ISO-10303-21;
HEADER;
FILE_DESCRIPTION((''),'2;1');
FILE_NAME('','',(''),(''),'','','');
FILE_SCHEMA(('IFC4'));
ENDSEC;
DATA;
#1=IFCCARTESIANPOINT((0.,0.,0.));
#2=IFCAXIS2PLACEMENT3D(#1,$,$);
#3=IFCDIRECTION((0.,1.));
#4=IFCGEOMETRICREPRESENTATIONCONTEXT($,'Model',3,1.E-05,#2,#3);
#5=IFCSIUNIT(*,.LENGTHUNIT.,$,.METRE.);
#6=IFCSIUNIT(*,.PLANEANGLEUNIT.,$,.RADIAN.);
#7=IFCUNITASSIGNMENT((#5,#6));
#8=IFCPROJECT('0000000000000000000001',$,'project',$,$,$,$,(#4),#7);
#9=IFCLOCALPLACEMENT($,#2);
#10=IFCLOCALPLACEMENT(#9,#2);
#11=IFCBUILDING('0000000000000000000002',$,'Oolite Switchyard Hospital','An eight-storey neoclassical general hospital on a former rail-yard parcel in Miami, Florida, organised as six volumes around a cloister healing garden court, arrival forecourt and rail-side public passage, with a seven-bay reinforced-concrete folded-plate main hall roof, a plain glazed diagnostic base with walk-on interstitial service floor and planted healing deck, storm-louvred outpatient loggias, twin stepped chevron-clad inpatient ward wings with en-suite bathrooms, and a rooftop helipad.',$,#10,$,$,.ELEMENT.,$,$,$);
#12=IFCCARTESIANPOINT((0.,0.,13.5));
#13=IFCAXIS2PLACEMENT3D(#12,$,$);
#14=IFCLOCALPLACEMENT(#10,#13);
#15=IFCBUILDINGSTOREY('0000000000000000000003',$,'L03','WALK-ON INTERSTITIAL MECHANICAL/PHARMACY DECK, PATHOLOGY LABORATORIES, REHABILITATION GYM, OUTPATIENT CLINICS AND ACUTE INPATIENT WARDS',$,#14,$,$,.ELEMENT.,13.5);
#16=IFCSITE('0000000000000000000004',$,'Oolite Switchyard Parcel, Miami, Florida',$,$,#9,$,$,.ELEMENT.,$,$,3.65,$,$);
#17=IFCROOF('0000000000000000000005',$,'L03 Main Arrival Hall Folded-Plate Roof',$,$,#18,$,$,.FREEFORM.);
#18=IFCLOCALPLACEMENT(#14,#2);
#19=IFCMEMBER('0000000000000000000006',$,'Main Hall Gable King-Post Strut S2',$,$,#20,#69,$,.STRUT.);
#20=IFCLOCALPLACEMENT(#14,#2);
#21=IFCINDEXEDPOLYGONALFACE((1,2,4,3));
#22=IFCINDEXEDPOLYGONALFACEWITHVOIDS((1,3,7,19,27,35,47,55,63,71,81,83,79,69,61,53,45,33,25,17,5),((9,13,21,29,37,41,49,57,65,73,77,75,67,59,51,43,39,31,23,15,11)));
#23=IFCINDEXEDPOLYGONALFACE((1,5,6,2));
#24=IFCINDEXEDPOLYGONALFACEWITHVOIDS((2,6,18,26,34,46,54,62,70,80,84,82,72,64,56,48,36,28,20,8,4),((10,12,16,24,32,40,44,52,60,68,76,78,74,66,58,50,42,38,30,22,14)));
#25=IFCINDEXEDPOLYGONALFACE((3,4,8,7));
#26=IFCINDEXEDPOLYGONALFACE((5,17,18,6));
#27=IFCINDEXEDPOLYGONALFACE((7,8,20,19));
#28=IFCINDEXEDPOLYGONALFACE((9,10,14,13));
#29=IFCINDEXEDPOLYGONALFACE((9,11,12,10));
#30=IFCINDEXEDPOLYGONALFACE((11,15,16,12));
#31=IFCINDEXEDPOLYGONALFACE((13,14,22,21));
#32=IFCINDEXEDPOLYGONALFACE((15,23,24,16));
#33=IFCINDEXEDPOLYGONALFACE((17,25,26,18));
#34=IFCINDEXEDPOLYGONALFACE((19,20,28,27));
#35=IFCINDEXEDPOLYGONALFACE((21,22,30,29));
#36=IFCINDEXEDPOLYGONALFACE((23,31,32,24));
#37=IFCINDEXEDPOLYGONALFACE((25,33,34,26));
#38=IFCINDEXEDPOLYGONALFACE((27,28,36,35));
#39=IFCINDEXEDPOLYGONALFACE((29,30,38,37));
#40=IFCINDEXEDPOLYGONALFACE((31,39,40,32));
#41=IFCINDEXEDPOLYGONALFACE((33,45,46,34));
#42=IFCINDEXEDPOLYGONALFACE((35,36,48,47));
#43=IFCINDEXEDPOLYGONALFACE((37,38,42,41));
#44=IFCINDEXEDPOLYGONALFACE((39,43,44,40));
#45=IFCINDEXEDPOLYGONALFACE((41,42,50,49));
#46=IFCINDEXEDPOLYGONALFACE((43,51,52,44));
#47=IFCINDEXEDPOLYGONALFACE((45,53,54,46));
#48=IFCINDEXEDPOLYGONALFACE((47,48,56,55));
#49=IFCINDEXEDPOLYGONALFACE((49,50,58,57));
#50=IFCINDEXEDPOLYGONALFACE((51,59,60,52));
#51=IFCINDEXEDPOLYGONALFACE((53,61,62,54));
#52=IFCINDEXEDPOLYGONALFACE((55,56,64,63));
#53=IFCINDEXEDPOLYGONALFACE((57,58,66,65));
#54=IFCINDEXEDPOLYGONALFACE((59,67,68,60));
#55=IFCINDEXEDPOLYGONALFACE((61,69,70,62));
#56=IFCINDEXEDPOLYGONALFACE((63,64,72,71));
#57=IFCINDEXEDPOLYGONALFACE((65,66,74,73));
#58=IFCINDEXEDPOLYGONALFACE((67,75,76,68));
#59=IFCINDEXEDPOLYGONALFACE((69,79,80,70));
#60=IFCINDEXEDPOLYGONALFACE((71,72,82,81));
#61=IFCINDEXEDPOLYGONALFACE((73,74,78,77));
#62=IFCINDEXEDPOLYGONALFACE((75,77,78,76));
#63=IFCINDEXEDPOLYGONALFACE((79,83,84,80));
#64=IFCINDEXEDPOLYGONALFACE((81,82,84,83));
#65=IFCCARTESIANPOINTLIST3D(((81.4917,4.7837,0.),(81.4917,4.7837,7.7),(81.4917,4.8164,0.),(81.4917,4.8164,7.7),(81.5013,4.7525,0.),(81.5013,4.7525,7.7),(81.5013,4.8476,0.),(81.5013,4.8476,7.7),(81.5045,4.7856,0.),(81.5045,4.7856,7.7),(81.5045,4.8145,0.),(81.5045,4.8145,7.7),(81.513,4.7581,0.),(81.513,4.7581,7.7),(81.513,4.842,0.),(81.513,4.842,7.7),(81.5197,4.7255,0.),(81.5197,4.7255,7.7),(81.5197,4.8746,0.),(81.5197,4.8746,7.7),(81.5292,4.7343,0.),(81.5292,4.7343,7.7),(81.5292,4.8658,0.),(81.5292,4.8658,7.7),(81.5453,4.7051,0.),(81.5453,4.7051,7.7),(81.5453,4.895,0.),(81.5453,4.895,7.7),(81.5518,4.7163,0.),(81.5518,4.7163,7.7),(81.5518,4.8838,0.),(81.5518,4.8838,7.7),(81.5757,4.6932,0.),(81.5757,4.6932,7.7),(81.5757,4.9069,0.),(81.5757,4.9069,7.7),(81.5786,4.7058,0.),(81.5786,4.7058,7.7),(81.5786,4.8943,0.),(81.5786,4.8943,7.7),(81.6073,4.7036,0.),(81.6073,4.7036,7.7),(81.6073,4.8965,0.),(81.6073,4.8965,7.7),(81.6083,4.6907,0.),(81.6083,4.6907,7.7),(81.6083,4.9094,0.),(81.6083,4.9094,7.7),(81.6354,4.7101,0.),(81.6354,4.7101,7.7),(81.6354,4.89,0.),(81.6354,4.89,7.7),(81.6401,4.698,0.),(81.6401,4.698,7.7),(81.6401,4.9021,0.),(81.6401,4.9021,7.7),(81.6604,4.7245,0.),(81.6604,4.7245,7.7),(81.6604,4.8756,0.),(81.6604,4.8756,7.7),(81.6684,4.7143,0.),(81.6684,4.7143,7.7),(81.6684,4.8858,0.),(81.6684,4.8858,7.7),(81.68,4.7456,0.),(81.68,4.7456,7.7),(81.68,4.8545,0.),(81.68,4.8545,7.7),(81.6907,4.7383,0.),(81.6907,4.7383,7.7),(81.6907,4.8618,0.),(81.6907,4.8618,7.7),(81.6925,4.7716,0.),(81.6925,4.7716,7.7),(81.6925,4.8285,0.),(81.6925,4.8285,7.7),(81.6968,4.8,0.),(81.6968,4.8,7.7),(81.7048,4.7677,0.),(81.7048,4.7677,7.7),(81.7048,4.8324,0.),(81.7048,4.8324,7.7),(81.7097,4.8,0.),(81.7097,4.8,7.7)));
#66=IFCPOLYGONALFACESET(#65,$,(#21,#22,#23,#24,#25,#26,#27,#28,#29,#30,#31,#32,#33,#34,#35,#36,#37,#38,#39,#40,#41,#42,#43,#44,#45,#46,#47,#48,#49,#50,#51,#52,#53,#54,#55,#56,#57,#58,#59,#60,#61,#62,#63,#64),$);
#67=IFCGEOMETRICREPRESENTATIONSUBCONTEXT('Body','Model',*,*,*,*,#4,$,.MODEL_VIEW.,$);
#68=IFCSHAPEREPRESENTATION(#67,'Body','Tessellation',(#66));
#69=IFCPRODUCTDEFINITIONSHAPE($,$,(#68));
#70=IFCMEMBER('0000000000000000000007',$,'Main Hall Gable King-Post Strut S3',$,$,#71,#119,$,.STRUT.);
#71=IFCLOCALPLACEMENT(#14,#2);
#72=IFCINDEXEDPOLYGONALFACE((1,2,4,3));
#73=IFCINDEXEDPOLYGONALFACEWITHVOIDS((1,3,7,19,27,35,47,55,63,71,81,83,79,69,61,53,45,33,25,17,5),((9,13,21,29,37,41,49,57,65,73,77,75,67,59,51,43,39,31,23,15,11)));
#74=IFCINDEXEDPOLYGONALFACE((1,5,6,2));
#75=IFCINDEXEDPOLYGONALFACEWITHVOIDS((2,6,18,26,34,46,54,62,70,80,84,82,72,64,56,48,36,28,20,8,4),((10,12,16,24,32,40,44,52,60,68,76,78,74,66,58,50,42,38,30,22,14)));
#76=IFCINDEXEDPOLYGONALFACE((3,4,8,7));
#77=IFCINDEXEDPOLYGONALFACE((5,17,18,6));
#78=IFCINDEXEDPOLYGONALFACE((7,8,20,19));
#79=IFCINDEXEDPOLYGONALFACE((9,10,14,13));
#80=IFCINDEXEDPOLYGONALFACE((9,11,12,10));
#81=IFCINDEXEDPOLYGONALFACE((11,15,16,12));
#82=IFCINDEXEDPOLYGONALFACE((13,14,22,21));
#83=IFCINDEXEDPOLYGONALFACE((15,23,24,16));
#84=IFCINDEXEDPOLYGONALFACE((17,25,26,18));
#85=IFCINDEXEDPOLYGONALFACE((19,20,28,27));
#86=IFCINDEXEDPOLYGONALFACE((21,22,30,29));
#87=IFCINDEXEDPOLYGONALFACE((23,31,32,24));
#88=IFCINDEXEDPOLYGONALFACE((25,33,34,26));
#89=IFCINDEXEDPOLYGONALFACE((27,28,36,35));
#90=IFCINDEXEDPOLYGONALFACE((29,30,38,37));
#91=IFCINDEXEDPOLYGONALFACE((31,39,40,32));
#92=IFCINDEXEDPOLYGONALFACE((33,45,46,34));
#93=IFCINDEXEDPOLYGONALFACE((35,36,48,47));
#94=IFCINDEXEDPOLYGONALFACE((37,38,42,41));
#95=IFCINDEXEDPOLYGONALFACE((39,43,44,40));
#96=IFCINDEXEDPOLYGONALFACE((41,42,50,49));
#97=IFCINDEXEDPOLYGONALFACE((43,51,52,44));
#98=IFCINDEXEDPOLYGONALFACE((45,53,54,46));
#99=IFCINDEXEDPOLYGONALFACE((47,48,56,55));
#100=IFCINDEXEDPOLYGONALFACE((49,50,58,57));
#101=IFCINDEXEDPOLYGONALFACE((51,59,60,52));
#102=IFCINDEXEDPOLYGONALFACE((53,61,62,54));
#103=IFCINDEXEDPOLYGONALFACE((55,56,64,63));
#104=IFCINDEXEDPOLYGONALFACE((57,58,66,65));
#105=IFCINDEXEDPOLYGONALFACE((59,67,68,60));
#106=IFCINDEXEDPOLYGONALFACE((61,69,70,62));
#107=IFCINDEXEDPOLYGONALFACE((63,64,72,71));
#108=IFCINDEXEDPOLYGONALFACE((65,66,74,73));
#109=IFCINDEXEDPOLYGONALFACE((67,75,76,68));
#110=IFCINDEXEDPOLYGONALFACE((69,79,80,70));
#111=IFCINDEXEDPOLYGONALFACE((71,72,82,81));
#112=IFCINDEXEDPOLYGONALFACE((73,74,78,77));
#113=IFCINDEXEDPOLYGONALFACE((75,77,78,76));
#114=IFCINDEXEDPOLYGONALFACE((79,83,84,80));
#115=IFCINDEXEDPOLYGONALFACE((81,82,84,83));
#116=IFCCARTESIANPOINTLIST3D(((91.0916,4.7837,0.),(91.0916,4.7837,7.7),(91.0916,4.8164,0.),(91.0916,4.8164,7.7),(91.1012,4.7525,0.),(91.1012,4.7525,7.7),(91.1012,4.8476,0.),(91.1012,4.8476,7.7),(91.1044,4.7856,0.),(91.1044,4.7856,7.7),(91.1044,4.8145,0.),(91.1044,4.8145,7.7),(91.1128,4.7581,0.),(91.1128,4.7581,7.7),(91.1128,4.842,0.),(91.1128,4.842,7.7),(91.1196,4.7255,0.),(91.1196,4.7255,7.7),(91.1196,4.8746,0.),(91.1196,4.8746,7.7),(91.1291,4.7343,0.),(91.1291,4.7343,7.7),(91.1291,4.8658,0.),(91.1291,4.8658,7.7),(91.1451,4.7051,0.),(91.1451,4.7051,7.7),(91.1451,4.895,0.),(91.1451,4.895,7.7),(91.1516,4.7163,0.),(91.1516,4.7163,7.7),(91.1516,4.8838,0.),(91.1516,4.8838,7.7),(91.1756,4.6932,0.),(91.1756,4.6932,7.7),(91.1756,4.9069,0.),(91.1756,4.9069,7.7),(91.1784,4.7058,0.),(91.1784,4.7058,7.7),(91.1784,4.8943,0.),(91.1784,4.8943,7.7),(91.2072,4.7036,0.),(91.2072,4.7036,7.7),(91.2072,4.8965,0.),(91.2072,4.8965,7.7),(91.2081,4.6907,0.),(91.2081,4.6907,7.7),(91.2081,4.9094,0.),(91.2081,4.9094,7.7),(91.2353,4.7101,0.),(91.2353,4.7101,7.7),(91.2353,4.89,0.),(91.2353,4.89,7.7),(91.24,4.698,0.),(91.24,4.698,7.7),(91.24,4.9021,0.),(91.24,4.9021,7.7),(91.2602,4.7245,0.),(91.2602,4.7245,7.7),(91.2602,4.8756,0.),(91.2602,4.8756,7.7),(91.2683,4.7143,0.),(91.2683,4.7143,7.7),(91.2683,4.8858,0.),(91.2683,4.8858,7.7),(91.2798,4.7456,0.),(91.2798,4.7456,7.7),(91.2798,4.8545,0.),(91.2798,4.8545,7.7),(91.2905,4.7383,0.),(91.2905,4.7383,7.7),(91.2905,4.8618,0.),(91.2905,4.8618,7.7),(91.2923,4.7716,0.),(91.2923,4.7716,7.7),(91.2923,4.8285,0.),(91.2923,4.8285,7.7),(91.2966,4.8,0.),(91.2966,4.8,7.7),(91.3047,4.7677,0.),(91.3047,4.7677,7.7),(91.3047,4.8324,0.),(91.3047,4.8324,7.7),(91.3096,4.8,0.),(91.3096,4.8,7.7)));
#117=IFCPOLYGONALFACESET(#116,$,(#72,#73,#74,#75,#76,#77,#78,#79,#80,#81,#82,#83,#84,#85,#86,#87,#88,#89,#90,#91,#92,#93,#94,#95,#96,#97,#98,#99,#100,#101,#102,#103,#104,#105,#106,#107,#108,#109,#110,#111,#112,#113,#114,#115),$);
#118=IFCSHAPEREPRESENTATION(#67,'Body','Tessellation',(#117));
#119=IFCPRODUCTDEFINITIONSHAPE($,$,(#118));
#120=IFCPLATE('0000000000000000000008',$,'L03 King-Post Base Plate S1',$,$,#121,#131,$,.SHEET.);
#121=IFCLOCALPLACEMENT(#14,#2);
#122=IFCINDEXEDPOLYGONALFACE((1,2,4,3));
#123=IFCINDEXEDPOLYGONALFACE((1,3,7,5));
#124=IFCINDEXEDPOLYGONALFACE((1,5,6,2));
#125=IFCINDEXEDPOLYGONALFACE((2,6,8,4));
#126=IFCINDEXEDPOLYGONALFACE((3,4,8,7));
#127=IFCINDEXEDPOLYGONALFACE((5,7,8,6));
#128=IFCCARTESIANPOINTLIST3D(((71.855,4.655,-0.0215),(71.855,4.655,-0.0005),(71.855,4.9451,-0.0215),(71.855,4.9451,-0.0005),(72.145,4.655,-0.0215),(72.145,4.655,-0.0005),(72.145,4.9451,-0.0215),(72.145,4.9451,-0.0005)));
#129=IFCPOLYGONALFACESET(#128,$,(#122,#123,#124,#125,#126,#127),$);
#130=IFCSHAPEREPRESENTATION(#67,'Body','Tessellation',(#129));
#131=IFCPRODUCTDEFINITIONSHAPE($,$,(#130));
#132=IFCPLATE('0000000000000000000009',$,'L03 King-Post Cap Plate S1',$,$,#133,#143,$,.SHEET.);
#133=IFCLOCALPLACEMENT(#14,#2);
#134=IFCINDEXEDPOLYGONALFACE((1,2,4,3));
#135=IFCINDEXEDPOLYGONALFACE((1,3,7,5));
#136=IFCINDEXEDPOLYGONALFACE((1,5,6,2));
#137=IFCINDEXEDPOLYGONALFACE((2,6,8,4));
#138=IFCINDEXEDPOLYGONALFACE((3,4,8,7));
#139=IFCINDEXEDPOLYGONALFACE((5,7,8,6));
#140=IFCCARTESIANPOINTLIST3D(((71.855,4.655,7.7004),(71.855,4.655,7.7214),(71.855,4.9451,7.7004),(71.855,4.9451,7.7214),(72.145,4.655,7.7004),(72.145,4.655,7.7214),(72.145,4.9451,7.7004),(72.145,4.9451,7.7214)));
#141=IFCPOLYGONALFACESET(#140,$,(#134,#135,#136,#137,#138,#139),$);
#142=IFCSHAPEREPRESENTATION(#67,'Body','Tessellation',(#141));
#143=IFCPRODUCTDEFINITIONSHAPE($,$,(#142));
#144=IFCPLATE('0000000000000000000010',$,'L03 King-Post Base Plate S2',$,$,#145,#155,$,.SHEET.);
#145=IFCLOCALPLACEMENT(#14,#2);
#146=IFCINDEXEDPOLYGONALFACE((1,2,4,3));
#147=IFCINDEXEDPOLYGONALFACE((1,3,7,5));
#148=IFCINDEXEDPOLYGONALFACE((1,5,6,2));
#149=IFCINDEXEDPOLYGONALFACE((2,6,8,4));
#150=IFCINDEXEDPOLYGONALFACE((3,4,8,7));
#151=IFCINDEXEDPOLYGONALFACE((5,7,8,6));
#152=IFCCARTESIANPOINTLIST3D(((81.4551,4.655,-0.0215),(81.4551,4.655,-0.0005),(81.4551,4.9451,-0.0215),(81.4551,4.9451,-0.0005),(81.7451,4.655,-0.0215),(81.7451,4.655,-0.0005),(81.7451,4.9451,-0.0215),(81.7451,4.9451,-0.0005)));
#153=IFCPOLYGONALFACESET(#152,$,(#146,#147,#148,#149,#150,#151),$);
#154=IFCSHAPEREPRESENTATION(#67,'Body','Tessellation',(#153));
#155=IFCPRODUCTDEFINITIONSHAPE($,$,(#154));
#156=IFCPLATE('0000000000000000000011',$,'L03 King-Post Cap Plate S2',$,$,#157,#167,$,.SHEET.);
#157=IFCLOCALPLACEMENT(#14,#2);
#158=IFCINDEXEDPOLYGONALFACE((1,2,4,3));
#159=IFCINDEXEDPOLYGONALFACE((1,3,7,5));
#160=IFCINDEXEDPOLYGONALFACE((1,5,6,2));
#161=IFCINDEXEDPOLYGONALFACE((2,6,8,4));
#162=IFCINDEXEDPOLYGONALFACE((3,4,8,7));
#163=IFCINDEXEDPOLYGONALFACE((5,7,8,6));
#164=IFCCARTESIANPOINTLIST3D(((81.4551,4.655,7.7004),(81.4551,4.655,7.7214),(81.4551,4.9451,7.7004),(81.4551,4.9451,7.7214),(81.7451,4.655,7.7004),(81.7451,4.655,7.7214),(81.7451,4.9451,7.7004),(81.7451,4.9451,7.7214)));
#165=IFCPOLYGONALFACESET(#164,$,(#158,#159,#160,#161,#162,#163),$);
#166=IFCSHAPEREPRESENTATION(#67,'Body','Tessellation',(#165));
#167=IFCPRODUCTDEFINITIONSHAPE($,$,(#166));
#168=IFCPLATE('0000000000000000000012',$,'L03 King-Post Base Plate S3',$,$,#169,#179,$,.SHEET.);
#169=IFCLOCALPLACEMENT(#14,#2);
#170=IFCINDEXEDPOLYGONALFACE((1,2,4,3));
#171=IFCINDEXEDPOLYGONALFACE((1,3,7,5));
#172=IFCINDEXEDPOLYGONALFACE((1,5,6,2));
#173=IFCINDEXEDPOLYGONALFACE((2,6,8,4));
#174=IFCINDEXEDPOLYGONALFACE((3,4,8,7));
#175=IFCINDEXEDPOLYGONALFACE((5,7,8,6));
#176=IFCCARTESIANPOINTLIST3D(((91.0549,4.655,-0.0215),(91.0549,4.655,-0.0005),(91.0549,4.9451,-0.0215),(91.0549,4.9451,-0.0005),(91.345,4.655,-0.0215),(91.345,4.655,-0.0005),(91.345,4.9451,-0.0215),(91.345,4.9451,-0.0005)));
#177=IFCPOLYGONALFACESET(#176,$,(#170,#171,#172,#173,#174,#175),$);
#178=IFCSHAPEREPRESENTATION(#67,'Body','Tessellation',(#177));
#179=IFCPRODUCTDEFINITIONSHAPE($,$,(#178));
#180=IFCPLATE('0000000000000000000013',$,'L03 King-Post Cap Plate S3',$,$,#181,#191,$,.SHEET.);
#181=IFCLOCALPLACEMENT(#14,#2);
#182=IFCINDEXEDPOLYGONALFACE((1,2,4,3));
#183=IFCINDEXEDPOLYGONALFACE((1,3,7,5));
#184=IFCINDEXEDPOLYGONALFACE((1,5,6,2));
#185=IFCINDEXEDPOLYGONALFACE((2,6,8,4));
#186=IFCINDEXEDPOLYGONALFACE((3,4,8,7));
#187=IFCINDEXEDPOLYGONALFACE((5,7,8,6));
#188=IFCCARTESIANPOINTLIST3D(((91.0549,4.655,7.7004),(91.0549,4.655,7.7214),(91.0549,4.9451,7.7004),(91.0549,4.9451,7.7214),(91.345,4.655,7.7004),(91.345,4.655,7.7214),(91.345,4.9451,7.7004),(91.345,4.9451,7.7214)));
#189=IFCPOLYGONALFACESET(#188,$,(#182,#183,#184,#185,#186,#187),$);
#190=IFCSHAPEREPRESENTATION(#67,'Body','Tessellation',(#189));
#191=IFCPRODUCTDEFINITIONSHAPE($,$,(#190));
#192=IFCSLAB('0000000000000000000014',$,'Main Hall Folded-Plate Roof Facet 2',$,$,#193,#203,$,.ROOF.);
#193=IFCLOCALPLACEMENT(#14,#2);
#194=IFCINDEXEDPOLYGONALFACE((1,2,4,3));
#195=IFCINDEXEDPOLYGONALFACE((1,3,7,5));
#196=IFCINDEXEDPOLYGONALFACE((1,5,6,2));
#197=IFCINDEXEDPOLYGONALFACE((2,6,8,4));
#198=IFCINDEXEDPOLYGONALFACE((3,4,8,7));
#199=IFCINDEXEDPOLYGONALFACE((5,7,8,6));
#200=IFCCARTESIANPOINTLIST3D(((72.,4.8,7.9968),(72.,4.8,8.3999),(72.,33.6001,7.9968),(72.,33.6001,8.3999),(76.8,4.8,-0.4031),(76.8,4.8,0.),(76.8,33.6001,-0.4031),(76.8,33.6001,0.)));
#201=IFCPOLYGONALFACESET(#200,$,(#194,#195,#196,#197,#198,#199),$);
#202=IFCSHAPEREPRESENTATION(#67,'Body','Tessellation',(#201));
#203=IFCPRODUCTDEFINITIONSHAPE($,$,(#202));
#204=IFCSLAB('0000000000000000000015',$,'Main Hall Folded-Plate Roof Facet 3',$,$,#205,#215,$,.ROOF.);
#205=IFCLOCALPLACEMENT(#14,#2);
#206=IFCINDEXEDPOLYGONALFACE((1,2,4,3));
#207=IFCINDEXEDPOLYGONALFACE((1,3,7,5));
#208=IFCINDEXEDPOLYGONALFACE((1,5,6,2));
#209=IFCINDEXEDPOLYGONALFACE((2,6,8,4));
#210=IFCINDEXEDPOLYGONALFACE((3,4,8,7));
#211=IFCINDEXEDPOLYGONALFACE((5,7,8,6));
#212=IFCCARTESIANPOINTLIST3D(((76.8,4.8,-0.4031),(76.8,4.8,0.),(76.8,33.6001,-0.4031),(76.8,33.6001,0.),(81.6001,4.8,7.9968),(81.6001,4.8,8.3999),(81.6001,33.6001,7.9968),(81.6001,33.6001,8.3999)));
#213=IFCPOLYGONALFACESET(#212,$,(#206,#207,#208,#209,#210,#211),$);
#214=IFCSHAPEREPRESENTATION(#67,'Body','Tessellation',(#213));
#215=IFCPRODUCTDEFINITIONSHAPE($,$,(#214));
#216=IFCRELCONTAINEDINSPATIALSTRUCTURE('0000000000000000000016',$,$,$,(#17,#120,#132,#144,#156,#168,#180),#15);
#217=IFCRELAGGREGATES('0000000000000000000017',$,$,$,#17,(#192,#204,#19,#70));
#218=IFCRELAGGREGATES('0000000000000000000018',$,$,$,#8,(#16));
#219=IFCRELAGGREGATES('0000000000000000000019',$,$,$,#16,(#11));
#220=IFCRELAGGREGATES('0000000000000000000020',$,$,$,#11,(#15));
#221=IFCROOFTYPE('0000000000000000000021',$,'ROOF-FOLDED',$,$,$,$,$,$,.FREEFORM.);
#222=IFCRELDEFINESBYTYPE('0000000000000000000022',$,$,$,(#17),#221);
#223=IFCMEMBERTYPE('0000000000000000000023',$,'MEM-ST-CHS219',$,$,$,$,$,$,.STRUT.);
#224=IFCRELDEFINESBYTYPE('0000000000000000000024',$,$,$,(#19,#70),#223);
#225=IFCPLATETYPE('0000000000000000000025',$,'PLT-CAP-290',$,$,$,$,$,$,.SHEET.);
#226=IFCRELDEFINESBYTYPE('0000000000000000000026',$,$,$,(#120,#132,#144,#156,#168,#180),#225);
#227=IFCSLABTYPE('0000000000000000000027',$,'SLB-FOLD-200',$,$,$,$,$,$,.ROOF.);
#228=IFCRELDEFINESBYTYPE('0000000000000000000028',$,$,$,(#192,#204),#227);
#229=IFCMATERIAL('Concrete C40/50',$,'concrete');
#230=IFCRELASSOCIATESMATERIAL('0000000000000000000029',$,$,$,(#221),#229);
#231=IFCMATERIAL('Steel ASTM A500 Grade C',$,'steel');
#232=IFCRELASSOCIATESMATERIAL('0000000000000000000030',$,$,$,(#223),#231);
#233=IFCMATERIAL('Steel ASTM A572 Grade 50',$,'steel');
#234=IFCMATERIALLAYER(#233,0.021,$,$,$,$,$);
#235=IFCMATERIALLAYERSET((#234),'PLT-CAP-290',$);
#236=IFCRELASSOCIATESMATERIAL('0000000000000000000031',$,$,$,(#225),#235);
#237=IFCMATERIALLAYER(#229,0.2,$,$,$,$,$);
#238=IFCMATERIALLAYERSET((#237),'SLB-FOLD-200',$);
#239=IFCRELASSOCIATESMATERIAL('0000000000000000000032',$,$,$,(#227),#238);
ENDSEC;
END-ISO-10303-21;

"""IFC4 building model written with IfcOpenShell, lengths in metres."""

from ifc_helpers import new_model, si_unit, direction, frame, origin, origin_2d, place, context, subcontext, project, spatial, polyline, rectangle, hollow_circle, outline, extrude, material, layer, layer_set, material_profile, profile_set, type_object, element, aggregate, save


model = new_model("IFC4")

# Units and contexts
model_context = context("Model", 3, precision=1e-05, world=origin(), true_north=direction((0.0, 1.0)))
body_context = subcontext(model_context, "Body", "Model", "MODEL_VIEW")
ifc_project = project(units=[si_unit("LENGTHUNIT", "METRE"), si_unit("PLANEANGLEUNIT", "RADIAN")], contexts=[model_context])

# Site, building, storey
site_placement = place(None, origin())
site = spatial("IfcSite", under=ifc_project, at=site_placement, Name="Oolite Switchyard Parcel, Miami, Florida", CompositionType="ELEMENT", RefElevation=3.65)
building_placement = place(site_placement, origin())
building = spatial("IfcBuilding", under=site, at=building_placement, Name="Oolite Switchyard Hospital", Description="An eight-storey neoclassical general hospital on a former rail-yard parcel in Miami, Florida, organised as six volumes around a cloister healing garden court, arrival forecourt and rail-side public passage, with a seven-bay reinforced-concrete folded-plate main hall roof, a plain glazed diagnostic base with walk-on interstitial service floor and planted healing deck, storm-louvred outpatient loggias, twin stepped chevron-clad inpatient ward wings with en-suite bathrooms, and a rooftop helipad.", CompositionType="ELEMENT")
storey_placement = place(building_placement, frame((0.0, 0.0, 13.5)))
storey = spatial("IfcBuildingStorey", under=building, at=storey_placement, Name="L03", Description="WALK-ON INTERSTITIAL MECHANICAL/PHARMACY DECK, PATHOLOGY LABORATORIES, REHABILITATION GYM, OUTPATIENT CLINICS AND ACUTE INPATIENT WARDS", CompositionType="ELEMENT", Elevation=13.5)

# Roof, members
ifc_material_1 = material(Name="Concrete C40/50", Category="concrete")
roof_type = type_object("IfcRoofType", Name="ROOF-FOLDED", PredefinedType="FREEFORM", material=ifc_material_1)
roof_placement = place(storey_placement, origin())
roof = element("IfcRoof", 1, at=roof_placement, inside=storey, type_object=roof_type, Name="L03 Main Arrival Hall Folded-Plate Roof", PredefinedType="FREEFORM")
ifc_material_2 = material(Name="Steel ASTM A500 Grade C", Category="steel")
ifc_material_profile_1 = material_profile(ifc_material_2, hollow_circle(Radius=0.1096, WallThickness=0.0129, at=origin_2d()), Name="HSS219X13")
ifc_profile_set_1 = profile_set([ifc_material_profile_1], Name="Steel ASTM A500 Grade C")
member_type = type_object("IfcMemberType", Name="MEM-ST-CHS219", PredefinedType="STRUT", material=ifc_profile_set_1)
member_1_placement = place(storey_placement, frame((81.6001, 4.8, 0.0), z_axis=(0.0, 0.0, 1.0), x_axis=(1.0, 0.0, 0.0)))
member_1 = element("IfcMember", 2, at=member_1_placement, type_object=member_type, Name="Main Hall Gable King-Post Strut S2", PredefinedType="STRUT", context=body_context, shape_type="SweptSolid", body=[
    extrude(hollow_circle(Radius=0.1096, WallThickness=0.0129, at=origin_2d()), origin(), (0.0, 0.0, 1.0), 7.7),
])
member_2_placement = place(storey_placement, frame((91.2, 4.8, 0.0), z_axis=(0.0, 0.0, 1.0), x_axis=(1.0, 0.0, 0.0)))
member_2 = element("IfcMember", 3, at=member_2_placement, type_object=member_type, Name="Main Hall Gable King-Post Strut S3", PredefinedType="STRUT", context=body_context, shape_type="SweptSolid", body=[
    extrude(hollow_circle(Radius=0.1096, WallThickness=0.0129, at=origin_2d()), origin(), (0.0, 0.0, 1.0), 7.7),
])

# Plates
ifc_material_3 = material(Name="Steel ASTM A572 Grade 50", Category="steel")
ifc_layer_1 = layer(ifc_material_3, 0.021)
ifc_layer_set_1 = layer_set([ifc_layer_1], Name="PLT-CAP-290")
plate_type = type_object("IfcPlateType", Name="PLT-CAP-290", PredefinedType="SHEET", material=ifc_layer_set_1)
for number, where, z_axis, x_axis, name in (
    (4, (72.0, 4.8, -0.0215), (0.0, 0.0, 1.0), (1.0, 0.0, 0.0), "L03 King-Post Base Plate S1"),
    (5, (72.0, 4.8, 7.7004), (0.0, 0.0, 1.0), (1.0, 0.0, 0.0), "L03 King-Post Cap Plate S1"),
    (6, (81.6001, 4.8, -0.0215), (0.0, 0.0, 1.0), (1.0, 0.0, 0.0), "L03 King-Post Base Plate S2"),
    (7, (81.6001, 4.8, 7.7004), (0.0, 0.0, 1.0), (1.0, 0.0, 0.0), "L03 King-Post Cap Plate S2"),
    (8, (91.2, 4.8, -0.0215), (0.0, 0.0, 1.0), (1.0, 0.0, 0.0), "L03 King-Post Base Plate S3"),
    (9, (91.2, 4.8, 7.7004), (0.0, 0.0, 1.0), (1.0, 0.0, 0.0), "L03 King-Post Cap Plate S3"),
):
    element("IfcPlate", number, at=place(storey_placement, frame(where, z_axis=z_axis, x_axis=x_axis)), inside=storey, type_object=plate_type, Name=name, PredefinedType="SHEET", context=body_context, shape_type="SweptSolid", body=[
        extrude(rectangle(XDim=0.29, YDim=0.29, at=origin_2d()), origin(), (0.0, 0.0, 1.0), 0.021),
    ])

# Slabs
ifc_layer_2 = layer(ifc_material_1, 0.2)
ifc_layer_set_2 = layer_set([ifc_layer_2], Name="SLB-FOLD-200")
slab_type = type_object("IfcSlabType", Name="SLB-FOLD-200", PredefinedType="ROOF", material=ifc_layer_set_2)
slab_1_placement = place(storey_placement, frame((72.0, 4.8, 8.3999), z_axis=(0.868238, 0.0, 0.496147), x_axis=(0.496147, 0.0, -0.868238)))
slab_1 = element("IfcSlab", 10, at=slab_1_placement, type_object=slab_type, Name="Main Hall Folded-Plate Roof Facet 2", PredefinedType="ROOF", context=body_context, shape_type="SweptSolid", body=[
    extrude(outline(polyline([(0.0, 0.0), (9.6746, 0.0), (9.6746, 28.8), (0.0, 28.8), (0.0, 0.0)])), origin(), (0.868238, 0.0, -0.496147), 0.4031),
])
slab_2_placement = place(storey_placement, frame((76.8, 4.8, 0.0), z_axis=(-0.868238, 0.0, 0.496147), x_axis=(0.496147, 0.0, 0.868238)))
slab_2 = element("IfcSlab", 11, at=slab_2_placement, type_object=slab_type, Name="Main Hall Folded-Plate Roof Facet 3", PredefinedType="ROOF", context=body_context, shape_type="SweptSolid", body=[
    extrude(outline(polyline([(0.0, 0.0), (9.6746, 0.0), (9.6746, 28.8), (0.0, 28.8), (0.0, 0.0)])), origin(), (-0.868238, 0.0, -0.496147), 0.4031),
])
aggregate(roof, [slab_1, slab_2, member_1, member_2])

save(model, "model.ifc")
